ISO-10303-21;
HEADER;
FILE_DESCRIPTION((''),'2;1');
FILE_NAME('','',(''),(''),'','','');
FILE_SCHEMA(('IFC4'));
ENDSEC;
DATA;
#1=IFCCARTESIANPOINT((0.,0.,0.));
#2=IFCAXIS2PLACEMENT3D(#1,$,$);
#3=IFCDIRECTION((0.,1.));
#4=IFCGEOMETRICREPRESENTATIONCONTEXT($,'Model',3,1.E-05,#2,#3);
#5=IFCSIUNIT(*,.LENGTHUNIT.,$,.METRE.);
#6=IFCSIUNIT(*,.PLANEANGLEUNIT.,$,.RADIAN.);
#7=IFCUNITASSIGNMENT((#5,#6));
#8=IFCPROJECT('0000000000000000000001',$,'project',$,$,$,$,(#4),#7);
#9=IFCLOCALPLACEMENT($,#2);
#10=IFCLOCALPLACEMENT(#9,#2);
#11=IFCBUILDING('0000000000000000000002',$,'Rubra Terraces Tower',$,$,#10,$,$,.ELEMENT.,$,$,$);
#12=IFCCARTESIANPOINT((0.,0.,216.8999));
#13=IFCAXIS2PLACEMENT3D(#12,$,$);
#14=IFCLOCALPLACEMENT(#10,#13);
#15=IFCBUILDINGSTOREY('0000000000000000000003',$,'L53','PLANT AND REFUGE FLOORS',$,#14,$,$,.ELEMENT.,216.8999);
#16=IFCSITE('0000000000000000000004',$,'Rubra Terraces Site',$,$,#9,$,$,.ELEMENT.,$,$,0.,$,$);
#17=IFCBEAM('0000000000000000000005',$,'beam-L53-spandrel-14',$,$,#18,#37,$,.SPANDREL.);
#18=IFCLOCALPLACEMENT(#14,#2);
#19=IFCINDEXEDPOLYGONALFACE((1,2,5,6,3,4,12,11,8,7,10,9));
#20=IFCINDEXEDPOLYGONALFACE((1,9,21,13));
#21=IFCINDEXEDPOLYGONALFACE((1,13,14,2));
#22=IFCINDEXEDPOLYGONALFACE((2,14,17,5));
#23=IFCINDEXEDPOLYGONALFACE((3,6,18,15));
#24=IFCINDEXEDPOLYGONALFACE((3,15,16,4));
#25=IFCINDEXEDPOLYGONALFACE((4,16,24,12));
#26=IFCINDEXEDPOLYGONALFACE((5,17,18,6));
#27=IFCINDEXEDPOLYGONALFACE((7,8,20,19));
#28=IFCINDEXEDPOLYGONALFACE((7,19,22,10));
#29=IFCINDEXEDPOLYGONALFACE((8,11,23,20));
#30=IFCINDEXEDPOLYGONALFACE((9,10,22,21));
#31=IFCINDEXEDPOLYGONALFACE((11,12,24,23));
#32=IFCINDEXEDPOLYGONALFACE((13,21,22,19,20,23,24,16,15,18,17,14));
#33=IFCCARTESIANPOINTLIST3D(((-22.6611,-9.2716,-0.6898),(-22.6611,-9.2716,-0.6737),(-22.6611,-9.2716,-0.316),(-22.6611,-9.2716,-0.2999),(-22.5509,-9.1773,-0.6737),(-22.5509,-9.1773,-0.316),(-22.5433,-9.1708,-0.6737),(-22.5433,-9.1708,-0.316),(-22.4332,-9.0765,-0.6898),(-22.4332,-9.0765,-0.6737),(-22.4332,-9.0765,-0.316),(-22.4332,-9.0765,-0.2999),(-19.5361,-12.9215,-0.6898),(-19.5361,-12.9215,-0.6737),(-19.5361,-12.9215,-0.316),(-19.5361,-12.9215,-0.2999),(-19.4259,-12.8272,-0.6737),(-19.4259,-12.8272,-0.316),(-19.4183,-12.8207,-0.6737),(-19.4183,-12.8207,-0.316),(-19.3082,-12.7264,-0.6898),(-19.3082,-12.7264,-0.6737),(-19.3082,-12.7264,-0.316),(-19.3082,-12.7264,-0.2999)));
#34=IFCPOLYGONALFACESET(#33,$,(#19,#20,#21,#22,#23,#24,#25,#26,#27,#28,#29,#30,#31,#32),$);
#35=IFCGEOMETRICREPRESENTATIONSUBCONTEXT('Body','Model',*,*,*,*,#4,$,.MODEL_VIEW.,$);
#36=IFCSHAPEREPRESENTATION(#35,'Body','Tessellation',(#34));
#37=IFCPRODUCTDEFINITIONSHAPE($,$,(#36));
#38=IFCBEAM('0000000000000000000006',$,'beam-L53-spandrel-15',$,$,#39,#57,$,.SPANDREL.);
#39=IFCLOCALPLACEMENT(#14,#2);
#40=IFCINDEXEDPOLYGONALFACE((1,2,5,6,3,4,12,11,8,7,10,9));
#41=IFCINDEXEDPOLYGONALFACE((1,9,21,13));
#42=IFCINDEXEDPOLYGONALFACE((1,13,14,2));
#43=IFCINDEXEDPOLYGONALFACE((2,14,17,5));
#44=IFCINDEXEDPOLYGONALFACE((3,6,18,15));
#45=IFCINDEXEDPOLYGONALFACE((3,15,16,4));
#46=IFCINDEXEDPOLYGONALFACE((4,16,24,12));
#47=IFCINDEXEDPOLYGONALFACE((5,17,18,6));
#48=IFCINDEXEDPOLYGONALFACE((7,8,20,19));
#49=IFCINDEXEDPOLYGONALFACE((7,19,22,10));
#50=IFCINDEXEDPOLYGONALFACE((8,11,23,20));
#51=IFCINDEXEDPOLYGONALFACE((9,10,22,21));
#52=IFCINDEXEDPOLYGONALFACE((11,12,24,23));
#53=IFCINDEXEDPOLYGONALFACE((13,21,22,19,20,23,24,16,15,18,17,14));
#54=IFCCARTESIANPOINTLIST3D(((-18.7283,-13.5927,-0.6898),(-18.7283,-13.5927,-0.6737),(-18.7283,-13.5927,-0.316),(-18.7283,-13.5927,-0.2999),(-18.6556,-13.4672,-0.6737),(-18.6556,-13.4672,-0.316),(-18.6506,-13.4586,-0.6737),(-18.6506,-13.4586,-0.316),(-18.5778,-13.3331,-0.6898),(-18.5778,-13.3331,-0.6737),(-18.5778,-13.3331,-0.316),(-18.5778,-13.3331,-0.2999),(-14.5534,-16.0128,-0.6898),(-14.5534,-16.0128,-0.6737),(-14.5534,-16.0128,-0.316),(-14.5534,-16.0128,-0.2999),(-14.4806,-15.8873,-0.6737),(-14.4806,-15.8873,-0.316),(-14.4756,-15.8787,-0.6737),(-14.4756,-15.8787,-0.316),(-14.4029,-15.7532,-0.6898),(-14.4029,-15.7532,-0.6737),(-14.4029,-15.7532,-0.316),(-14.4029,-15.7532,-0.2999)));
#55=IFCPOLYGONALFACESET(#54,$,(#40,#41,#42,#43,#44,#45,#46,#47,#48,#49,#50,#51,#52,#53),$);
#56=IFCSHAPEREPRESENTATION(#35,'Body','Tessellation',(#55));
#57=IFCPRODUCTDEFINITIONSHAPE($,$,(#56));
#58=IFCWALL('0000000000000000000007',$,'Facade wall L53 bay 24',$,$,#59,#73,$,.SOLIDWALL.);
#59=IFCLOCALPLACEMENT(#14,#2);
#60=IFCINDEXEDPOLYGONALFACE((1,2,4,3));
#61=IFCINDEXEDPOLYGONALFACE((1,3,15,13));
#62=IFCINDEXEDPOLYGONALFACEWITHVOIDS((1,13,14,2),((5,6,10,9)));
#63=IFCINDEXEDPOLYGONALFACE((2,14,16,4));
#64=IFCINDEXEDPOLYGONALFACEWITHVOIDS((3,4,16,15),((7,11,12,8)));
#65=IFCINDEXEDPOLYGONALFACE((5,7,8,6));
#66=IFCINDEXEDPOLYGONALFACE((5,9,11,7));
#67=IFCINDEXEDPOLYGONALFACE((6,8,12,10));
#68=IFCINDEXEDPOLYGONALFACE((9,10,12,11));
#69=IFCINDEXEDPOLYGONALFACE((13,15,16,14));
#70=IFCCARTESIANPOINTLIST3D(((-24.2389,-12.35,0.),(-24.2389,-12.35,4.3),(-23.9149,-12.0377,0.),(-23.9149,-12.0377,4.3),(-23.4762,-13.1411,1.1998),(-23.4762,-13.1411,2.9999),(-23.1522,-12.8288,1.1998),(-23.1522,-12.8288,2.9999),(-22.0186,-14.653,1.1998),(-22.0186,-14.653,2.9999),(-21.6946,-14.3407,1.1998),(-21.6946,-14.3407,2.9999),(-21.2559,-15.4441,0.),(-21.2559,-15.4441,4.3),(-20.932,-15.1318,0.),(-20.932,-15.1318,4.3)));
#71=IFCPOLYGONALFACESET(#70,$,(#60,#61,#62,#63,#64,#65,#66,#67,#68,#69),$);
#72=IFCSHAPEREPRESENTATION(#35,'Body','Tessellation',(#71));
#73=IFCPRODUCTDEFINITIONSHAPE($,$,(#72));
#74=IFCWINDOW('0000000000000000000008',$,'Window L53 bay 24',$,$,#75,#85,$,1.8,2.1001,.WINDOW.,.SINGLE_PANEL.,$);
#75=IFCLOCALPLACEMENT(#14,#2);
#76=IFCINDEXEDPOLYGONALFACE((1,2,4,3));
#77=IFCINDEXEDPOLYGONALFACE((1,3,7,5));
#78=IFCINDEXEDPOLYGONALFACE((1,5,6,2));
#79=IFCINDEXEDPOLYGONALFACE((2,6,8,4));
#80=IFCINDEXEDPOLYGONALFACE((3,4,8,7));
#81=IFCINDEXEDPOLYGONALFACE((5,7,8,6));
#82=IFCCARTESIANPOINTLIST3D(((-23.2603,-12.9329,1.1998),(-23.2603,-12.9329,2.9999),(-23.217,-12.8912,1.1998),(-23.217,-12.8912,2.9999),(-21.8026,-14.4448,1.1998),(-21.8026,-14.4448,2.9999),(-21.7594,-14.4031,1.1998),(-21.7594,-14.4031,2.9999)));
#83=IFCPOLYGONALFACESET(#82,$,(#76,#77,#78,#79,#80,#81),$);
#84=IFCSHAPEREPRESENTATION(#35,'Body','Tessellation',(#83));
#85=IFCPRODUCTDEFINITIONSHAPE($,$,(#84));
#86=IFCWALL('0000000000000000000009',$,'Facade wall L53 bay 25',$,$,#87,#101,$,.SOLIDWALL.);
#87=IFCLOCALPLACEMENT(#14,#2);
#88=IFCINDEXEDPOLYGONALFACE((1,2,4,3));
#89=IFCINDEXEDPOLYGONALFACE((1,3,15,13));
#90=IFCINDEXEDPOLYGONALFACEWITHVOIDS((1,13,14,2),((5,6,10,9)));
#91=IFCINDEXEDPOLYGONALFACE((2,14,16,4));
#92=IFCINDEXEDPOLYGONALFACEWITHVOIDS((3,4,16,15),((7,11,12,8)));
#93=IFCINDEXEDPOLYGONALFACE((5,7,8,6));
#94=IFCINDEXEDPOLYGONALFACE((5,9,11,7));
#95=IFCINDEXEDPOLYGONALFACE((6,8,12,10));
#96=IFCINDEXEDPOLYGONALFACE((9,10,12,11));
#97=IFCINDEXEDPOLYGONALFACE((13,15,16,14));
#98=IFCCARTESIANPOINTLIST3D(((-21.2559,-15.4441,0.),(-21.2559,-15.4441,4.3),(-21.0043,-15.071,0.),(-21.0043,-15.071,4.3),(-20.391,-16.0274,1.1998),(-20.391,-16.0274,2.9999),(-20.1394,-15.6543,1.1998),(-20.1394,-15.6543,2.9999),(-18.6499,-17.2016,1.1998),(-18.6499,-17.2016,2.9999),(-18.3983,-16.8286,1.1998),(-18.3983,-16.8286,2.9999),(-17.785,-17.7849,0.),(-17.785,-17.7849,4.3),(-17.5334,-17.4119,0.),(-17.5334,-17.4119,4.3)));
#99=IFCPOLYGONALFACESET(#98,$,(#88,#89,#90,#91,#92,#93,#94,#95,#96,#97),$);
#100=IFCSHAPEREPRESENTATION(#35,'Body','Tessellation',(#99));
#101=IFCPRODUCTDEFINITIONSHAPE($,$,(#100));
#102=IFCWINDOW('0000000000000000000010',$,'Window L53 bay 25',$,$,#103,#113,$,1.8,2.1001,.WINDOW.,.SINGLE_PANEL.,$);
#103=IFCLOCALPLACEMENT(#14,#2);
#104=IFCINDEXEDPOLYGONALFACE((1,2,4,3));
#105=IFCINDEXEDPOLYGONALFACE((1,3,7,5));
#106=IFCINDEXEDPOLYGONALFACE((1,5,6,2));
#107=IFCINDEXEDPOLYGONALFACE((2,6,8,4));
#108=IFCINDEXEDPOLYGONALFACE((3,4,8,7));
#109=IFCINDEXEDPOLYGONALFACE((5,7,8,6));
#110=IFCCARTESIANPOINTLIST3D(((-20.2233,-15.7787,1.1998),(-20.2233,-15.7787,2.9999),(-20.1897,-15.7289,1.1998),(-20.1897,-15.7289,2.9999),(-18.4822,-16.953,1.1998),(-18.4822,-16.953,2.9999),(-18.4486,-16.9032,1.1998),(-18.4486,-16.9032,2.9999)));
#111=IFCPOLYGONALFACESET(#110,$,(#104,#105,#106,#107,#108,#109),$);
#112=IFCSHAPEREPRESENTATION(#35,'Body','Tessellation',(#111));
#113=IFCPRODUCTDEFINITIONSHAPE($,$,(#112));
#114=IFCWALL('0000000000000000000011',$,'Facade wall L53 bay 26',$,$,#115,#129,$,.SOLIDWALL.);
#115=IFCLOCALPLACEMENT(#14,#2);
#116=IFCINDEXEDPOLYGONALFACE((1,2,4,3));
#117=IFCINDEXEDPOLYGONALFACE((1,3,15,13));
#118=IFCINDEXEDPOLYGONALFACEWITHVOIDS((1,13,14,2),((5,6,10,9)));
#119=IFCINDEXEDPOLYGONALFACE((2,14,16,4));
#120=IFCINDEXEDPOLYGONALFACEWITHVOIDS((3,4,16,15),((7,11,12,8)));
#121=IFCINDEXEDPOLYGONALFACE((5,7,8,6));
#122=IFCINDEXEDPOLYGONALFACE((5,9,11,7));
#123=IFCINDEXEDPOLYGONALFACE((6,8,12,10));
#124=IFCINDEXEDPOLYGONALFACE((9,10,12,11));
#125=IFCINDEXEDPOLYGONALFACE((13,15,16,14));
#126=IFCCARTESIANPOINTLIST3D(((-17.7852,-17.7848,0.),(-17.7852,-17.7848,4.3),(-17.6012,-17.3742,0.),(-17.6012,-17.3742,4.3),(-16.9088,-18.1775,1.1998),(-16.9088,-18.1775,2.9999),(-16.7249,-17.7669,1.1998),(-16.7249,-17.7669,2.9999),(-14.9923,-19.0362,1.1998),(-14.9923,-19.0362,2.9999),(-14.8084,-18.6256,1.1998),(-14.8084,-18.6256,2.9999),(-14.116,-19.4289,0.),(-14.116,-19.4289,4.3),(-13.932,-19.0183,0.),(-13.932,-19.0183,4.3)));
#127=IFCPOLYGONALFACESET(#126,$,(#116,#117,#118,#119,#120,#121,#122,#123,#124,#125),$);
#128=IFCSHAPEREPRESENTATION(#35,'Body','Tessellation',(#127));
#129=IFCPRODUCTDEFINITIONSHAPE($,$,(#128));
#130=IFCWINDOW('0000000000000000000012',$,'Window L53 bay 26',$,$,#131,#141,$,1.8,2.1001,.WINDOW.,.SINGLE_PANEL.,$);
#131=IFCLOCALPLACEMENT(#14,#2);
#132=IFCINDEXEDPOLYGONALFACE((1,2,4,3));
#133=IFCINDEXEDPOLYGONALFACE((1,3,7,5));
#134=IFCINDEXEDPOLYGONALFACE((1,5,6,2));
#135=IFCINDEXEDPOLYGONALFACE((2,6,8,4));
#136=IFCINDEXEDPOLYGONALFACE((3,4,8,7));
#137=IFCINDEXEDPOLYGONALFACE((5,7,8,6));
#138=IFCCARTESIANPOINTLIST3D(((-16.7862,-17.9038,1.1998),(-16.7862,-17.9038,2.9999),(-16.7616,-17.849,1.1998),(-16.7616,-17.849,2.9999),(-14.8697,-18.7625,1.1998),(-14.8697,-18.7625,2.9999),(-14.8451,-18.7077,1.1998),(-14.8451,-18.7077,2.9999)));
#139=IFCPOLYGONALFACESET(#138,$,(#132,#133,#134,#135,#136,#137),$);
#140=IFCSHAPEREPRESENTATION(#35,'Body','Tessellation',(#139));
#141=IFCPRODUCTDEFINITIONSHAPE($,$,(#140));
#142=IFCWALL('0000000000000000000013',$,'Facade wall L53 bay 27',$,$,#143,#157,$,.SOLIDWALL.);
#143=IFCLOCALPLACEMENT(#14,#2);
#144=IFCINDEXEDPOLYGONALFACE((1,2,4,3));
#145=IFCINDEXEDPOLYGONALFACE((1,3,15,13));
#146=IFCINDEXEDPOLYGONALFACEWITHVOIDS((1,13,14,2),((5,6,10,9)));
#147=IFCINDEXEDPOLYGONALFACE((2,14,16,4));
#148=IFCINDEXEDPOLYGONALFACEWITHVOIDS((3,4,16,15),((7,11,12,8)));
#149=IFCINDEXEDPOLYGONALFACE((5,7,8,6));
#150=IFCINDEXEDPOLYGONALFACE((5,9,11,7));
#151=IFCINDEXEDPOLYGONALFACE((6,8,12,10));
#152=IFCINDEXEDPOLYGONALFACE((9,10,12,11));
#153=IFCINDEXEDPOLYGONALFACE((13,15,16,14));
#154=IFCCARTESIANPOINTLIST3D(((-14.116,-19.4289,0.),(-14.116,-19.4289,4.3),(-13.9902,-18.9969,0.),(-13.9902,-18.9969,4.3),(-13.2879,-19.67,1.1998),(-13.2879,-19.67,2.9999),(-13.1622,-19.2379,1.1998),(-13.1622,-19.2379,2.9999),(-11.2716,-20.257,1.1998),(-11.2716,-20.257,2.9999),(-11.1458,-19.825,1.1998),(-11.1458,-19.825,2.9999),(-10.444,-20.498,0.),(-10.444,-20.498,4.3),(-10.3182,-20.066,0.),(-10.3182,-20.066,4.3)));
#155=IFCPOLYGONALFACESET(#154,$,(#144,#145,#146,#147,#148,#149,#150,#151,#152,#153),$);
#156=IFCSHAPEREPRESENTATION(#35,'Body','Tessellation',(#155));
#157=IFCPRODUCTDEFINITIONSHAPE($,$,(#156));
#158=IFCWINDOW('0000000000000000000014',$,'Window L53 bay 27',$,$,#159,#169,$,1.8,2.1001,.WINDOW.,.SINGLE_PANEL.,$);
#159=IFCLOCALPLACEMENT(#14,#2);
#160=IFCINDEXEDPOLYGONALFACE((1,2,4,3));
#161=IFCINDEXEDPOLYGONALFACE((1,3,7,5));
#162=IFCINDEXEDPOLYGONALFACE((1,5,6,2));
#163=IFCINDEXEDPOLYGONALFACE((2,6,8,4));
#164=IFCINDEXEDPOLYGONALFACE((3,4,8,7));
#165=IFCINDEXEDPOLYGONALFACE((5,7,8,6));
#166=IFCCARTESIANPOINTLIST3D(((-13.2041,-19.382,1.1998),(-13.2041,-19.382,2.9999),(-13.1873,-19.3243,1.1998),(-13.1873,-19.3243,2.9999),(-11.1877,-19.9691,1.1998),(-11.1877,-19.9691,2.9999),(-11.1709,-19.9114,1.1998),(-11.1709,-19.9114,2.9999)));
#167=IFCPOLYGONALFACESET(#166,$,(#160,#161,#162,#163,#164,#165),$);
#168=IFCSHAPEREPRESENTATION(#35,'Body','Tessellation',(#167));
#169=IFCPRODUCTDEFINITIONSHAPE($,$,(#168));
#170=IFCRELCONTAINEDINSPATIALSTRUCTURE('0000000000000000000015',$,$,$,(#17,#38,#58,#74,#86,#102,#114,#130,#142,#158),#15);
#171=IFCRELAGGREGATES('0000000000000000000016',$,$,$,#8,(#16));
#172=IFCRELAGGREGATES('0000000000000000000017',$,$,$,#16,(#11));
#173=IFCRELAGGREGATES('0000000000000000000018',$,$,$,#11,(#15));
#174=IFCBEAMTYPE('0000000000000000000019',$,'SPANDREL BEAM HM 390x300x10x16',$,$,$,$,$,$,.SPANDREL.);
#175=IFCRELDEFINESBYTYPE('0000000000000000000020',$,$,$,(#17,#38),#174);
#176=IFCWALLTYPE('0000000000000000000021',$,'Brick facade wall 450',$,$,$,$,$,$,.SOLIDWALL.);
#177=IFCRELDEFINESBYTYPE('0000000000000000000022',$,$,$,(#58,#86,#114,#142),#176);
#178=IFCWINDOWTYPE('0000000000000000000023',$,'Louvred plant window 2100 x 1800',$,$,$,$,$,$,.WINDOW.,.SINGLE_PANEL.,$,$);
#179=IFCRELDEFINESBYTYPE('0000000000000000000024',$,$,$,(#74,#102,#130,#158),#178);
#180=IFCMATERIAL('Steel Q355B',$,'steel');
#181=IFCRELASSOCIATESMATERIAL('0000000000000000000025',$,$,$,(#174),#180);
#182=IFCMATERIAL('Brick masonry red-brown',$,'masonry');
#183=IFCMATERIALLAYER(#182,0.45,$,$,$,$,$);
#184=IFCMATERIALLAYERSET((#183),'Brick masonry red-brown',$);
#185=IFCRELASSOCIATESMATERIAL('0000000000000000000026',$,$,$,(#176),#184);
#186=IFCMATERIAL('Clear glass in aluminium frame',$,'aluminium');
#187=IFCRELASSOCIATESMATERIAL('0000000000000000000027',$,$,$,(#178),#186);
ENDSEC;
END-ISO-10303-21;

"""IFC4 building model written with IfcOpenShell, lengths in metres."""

from ifc_helpers import new_model, si_unit, direction, frame, frame_2d, origin, origin_2d, place, context, subcontext, project, spatial, rectangle, i_section, extrude, material, layer, layer_set, material_profile, profile_set, type_object, element, fill, save


model = new_model("IFC4")

# Units and contexts
model_context = context("Model", 3, precision=1e-05, world=origin(), true_north=direction((0.0, 1.0)))
body_context = subcontext(model_context, "Body", "Model", "MODEL_VIEW")
ifc_project = project(units=[si_unit("LENGTHUNIT", "METRE"), si_unit("PLANEANGLEUNIT", "RADIAN")], contexts=[model_context])

# Site, building, storey
site_placement = place(None, origin())
site = spatial("IfcSite", under=ifc_project, at=site_placement, Name="Rubra Terraces Site", CompositionType="ELEMENT", RefElevation=0.0)
building_placement = place(site_placement, origin())
building = spatial("IfcBuilding", under=site, at=building_placement, Name="Rubra Terraces Tower", CompositionType="ELEMENT")
storey_placement = place(building_placement, frame((0.0, 0.0, 216.8999)))
storey = spatial("IfcBuildingStorey", under=building, at=storey_placement, Name="L53", Description="PLANT AND REFUGE FLOORS", CompositionType="ELEMENT", Elevation=216.8999)

# Shared definitions
ifc_material_1 = material(Name="Steel Q355B", Category="steel")

# Beams
ifc_material_profile_1 = material_profile(ifc_material_1, i_section(OverallWidth=0.3, OverallDepth=0.3899, WebThickness=0.01, FlangeThickness=0.0161, at=origin_2d()), Name="HM 390x300x10x16")
ifc_profile_set_1 = profile_set([ifc_material_profile_1], Name="Steel Q355B")
beam_type_1 = type_object("IfcBeamType", Name="SPANDREL BEAM HM 390x300x10x16", PredefinedType="SPANDREL", material=ifc_profile_set_1)
beam_1_placement = place(storey_placement, frame((-22.5471, -9.1741, -0.4949), z_axis=(0.650373, -0.759615, 0.0), x_axis=(0.759615, 0.650373, 0.0)))
element("IfcBeam", 1, at=beam_1_placement, inside=storey, type_object=beam_type_1, Name="beam-L53-spandrel-14", PredefinedType="SPANDREL", context=body_context, shape_type="SweptSolid", body=[
    extrude(i_section(OverallWidth=0.3, OverallDepth=0.3899, WebThickness=0.01, FlangeThickness=0.0161, at=origin_2d()), origin(), (0.0, 0.0, 1.0), 4.8049),
])
beam_2_placement = place(storey_placement, frame((-18.6531, -13.4629, -0.4949), z_axis=(0.865154, -0.501507, 0.0), x_axis=(0.501507, 0.865154, 0.0)))
element("IfcBeam", 2, at=beam_2_placement, inside=storey, type_object=beam_type_1, Name="beam-L53-spandrel-15", PredefinedType="SPANDREL", context=body_context, shape_type="SweptSolid", body=[
    extrude(i_section(OverallWidth=0.3, OverallDepth=0.3899, WebThickness=0.01, FlangeThickness=0.0161, at=origin_2d()), origin(), (0.0, 0.0, 1.0), 4.8257),
])

# Walls, openings, windows
ifc_material_2 = material(Name="Brick masonry red-brown", Category="masonry")
ifc_layer_1 = layer(ifc_material_2, 0.45)
ifc_layer_set_1 = layer_set([ifc_layer_1], Name="Brick masonry red-brown")
wall_type_1 = type_object("IfcWallType", Name="Brick facade wall 450", PredefinedType="SOLIDWALL", material=ifc_layer_set_1)
wall_1_placement = place(storey_placement, frame((-24.0769, -12.1938, 0.0), z_axis=(0.0, 0.0, 1.0), x_axis=(0.694065, -0.719912, 0.0)))
wall_1 = element("IfcWall", 3, at=wall_1_placement, inside=storey, type_object=wall_type_1, Name="Facade wall L53 bay 24", PredefinedType="SOLIDWALL", context=body_context, shape_type="SweptSolid", body=[
    extrude(rectangle(XDim=4.2979, YDim=0.45, at=frame_2d((2.1489, 0.0))), origin(), (0.0, 0.0, 1.0), 4.3),
])
opening_1_placement = place(wall_1_placement, frame((1.0989, 0.0, 1.2)))
opening_1 = element("IfcOpeningElement", 4, at=opening_1_placement, cuts=wall_1, PredefinedType="OPENING", context=body_context, shape_type="SweptSolid", body=[
    extrude(rectangle(XDim=2.1001, YDim=1.8, at=frame_2d((1.05, 0.8999))), frame((0.0, 0.2349, 0.0), z_axis=(0.0, -1.0, 0.0), x_axis=(1.0, 0.0, 0.0)), (0.0, 0.0, 1.0), 0.47),
])
ifc_material_3 = material(Name="Clear glass in aluminium frame", Category="aluminium")
window_type = type_object("IfcWindowType", Name="Louvred plant window 2100 x 1800", PartitioningType="SINGLE_PANEL", PredefinedType="WINDOW", material=ifc_material_3)
window_1_placement = place(opening_1_placement, origin())
window_1 = element("IfcWindow", 5, at=window_1_placement, inside=storey, type_object=window_type, Name="Window L53 bay 24", OverallHeight=1.8, OverallWidth=2.1001, PartitioningType="SINGLE_PANEL", PredefinedType="WINDOW", context=body_context, shape_type="SweptSolid", body=[
    extrude(rectangle(XDim=2.1001, YDim=1.8, at=frame_2d((1.05, 0.8999))), frame((0.0, 0.135, 0.0), z_axis=(0.0, -1.0, 0.0), x_axis=(1.0, 0.0, 0.0)), (0.0, 0.0, 1.0), 0.0601),
])
fill(opening_1, window_1)
wall_2_placement = place(storey_placement, frame((-21.1301, -15.2576, 0.0), z_axis=(0.0, 0.0, 1.0), x_axis=(0.829078, -0.559133, 0.0)))
wall_2 = element("IfcWall", 6, at=wall_2_placement, inside=storey, type_object=wall_type_1, Name="Facade wall L53 bay 25", PredefinedType="SOLIDWALL", context=body_context, shape_type="SweptSolid", body=[
    extrude(rectangle(XDim=4.1865, YDim=0.45, at=frame_2d((2.0933, 0.0))), origin(), (0.0, 0.0, 1.0), 4.3),
])
opening_2_placement = place(wall_2_placement, frame((1.0432, 0.0, 1.2)))
opening_2 = element("IfcOpeningElement", 7, at=opening_2_placement, cuts=wall_2, PredefinedType="OPENING", context=body_context, shape_type="SweptSolid", body=[
    extrude(rectangle(XDim=2.1001, YDim=1.8, at=frame_2d((1.05, 0.8999))), frame((0.0, 0.2349, 0.0), z_axis=(0.0, -1.0, 0.0), x_axis=(1.0, 0.0, 0.0)), (0.0, 0.0, 1.0), 0.47),
])
window_2_placement = place(opening_2_placement, origin())
window_2 = element("IfcWindow", 8, at=window_2_placement, inside=storey, type_object=window_type, Name="Window L53 bay 25", OverallHeight=1.8, OverallWidth=2.1001, PartitioningType="SINGLE_PANEL", PredefinedType="WINDOW", context=body_context, shape_type="SweptSolid", body=[
    extrude(rectangle(XDim=2.1001, YDim=1.8, at=frame_2d((1.05, 0.8999))), frame((0.0, 0.135, 0.0), z_axis=(0.0, -1.0, 0.0), x_axis=(1.0, 0.0, 0.0)), (0.0, 0.0, 1.0), 0.0601),
])
fill(opening_2, window_2)
wall_3_placement = place(storey_placement, frame((-17.6931, -17.5796, 0.0), z_axis=(0.0, 0.0, 1.0), x_axis=(0.91258, -0.408897, 0.0)))
wall_3 = element("IfcWall", 9, at=wall_3_placement, inside=storey, type_object=wall_type_1, Name="Facade wall L53 bay 26", PredefinedType="SOLIDWALL", context=body_context, shape_type="SweptSolid", body=[
    extrude(rectangle(XDim=4.0208, YDim=0.45, at=frame_2d((2.0103, 0.0))), origin(), (0.0, 0.0, 1.0), 4.3),
])
opening_3_placement = place(wall_3_placement, frame((0.9602, 0.0, 1.2)))
opening_3 = element("IfcOpeningElement", 10, at=opening_3_placement, cuts=wall_3, PredefinedType="OPENING", context=body_context, shape_type="SweptSolid", body=[
    extrude(rectangle(XDim=2.1001, YDim=1.8, at=frame_2d((1.05, 0.8999))), frame((0.0, 0.2349, 0.0), z_axis=(0.0, -1.0, 0.0), x_axis=(1.0, 0.0, 0.0)), (0.0, 0.0, 1.0), 0.47),
])
window_3_placement = place(opening_3_placement, origin())
window_3 = element("IfcWindow", 11, at=window_3_placement, inside=storey, type_object=window_type, Name="Window L53 bay 26", OverallHeight=1.8, OverallWidth=2.1001, PartitioningType="SINGLE_PANEL", PredefinedType="WINDOW", context=body_context, shape_type="SweptSolid", body=[
    extrude(rectangle(XDim=2.1001, YDim=1.8, at=frame_2d((1.05, 0.8999))), frame((0.0, 0.135, 0.0), z_axis=(0.0, -1.0, 0.0), x_axis=(1.0, 0.0, 0.0)), (0.0, 0.0, 1.0), 0.0601),
])
fill(opening_3, window_3)
wall_4_placement = place(storey_placement, frame((-14.053, -19.2129, 0.0), z_axis=(0.0, 0.0, 1.0), x_axis=(0.960131, -0.279549, 0.0)))
wall_4 = element("IfcWall", 12, at=wall_4_placement, inside=storey, type_object=wall_type_1, Name="Facade wall L53 bay 27", PredefinedType="SOLIDWALL", context=body_context, shape_type="SweptSolid", body=[
    extrude(rectangle(XDim=3.8245, YDim=0.45, at=frame_2d((1.9121, 0.0))), origin(), (0.0, 0.0, 1.0), 4.3),
])
opening_4_placement = place(wall_4_placement, frame((0.8623, 0.0, 1.2)))
opening_4 = element("IfcOpeningElement", 13, at=opening_4_placement, cuts=wall_4, PredefinedType="OPENING", context=body_context, shape_type="SweptSolid", body=[
    extrude(rectangle(XDim=2.1001, YDim=1.8, at=frame_2d((1.05, 0.8999))), frame((0.0, 0.2349, 0.0), z_axis=(0.0, -1.0, 0.0), x_axis=(1.0, 0.0, 0.0)), (0.0, 0.0, 1.0), 0.47),
])
window_4_placement = place(opening_4_placement, origin())
window_4 = element("IfcWindow", 14, at=window_4_placement, inside=storey, type_object=window_type, Name="Window L53 bay 27", OverallHeight=1.8, OverallWidth=2.1001, PartitioningType="SINGLE_PANEL", PredefinedType="WINDOW", context=body_context, shape_type="SweptSolid", body=[
    extrude(rectangle(XDim=2.1001, YDim=1.8, at=frame_2d((1.05, 0.8999))), frame((0.0, 0.135, 0.0), z_axis=(0.0, -1.0, 0.0), x_axis=(1.0, 0.0, 0.0)), (0.0, 0.0, 1.0), 0.0601),
])
fill(opening_4, window_4)

save(model, "model.ifc")
